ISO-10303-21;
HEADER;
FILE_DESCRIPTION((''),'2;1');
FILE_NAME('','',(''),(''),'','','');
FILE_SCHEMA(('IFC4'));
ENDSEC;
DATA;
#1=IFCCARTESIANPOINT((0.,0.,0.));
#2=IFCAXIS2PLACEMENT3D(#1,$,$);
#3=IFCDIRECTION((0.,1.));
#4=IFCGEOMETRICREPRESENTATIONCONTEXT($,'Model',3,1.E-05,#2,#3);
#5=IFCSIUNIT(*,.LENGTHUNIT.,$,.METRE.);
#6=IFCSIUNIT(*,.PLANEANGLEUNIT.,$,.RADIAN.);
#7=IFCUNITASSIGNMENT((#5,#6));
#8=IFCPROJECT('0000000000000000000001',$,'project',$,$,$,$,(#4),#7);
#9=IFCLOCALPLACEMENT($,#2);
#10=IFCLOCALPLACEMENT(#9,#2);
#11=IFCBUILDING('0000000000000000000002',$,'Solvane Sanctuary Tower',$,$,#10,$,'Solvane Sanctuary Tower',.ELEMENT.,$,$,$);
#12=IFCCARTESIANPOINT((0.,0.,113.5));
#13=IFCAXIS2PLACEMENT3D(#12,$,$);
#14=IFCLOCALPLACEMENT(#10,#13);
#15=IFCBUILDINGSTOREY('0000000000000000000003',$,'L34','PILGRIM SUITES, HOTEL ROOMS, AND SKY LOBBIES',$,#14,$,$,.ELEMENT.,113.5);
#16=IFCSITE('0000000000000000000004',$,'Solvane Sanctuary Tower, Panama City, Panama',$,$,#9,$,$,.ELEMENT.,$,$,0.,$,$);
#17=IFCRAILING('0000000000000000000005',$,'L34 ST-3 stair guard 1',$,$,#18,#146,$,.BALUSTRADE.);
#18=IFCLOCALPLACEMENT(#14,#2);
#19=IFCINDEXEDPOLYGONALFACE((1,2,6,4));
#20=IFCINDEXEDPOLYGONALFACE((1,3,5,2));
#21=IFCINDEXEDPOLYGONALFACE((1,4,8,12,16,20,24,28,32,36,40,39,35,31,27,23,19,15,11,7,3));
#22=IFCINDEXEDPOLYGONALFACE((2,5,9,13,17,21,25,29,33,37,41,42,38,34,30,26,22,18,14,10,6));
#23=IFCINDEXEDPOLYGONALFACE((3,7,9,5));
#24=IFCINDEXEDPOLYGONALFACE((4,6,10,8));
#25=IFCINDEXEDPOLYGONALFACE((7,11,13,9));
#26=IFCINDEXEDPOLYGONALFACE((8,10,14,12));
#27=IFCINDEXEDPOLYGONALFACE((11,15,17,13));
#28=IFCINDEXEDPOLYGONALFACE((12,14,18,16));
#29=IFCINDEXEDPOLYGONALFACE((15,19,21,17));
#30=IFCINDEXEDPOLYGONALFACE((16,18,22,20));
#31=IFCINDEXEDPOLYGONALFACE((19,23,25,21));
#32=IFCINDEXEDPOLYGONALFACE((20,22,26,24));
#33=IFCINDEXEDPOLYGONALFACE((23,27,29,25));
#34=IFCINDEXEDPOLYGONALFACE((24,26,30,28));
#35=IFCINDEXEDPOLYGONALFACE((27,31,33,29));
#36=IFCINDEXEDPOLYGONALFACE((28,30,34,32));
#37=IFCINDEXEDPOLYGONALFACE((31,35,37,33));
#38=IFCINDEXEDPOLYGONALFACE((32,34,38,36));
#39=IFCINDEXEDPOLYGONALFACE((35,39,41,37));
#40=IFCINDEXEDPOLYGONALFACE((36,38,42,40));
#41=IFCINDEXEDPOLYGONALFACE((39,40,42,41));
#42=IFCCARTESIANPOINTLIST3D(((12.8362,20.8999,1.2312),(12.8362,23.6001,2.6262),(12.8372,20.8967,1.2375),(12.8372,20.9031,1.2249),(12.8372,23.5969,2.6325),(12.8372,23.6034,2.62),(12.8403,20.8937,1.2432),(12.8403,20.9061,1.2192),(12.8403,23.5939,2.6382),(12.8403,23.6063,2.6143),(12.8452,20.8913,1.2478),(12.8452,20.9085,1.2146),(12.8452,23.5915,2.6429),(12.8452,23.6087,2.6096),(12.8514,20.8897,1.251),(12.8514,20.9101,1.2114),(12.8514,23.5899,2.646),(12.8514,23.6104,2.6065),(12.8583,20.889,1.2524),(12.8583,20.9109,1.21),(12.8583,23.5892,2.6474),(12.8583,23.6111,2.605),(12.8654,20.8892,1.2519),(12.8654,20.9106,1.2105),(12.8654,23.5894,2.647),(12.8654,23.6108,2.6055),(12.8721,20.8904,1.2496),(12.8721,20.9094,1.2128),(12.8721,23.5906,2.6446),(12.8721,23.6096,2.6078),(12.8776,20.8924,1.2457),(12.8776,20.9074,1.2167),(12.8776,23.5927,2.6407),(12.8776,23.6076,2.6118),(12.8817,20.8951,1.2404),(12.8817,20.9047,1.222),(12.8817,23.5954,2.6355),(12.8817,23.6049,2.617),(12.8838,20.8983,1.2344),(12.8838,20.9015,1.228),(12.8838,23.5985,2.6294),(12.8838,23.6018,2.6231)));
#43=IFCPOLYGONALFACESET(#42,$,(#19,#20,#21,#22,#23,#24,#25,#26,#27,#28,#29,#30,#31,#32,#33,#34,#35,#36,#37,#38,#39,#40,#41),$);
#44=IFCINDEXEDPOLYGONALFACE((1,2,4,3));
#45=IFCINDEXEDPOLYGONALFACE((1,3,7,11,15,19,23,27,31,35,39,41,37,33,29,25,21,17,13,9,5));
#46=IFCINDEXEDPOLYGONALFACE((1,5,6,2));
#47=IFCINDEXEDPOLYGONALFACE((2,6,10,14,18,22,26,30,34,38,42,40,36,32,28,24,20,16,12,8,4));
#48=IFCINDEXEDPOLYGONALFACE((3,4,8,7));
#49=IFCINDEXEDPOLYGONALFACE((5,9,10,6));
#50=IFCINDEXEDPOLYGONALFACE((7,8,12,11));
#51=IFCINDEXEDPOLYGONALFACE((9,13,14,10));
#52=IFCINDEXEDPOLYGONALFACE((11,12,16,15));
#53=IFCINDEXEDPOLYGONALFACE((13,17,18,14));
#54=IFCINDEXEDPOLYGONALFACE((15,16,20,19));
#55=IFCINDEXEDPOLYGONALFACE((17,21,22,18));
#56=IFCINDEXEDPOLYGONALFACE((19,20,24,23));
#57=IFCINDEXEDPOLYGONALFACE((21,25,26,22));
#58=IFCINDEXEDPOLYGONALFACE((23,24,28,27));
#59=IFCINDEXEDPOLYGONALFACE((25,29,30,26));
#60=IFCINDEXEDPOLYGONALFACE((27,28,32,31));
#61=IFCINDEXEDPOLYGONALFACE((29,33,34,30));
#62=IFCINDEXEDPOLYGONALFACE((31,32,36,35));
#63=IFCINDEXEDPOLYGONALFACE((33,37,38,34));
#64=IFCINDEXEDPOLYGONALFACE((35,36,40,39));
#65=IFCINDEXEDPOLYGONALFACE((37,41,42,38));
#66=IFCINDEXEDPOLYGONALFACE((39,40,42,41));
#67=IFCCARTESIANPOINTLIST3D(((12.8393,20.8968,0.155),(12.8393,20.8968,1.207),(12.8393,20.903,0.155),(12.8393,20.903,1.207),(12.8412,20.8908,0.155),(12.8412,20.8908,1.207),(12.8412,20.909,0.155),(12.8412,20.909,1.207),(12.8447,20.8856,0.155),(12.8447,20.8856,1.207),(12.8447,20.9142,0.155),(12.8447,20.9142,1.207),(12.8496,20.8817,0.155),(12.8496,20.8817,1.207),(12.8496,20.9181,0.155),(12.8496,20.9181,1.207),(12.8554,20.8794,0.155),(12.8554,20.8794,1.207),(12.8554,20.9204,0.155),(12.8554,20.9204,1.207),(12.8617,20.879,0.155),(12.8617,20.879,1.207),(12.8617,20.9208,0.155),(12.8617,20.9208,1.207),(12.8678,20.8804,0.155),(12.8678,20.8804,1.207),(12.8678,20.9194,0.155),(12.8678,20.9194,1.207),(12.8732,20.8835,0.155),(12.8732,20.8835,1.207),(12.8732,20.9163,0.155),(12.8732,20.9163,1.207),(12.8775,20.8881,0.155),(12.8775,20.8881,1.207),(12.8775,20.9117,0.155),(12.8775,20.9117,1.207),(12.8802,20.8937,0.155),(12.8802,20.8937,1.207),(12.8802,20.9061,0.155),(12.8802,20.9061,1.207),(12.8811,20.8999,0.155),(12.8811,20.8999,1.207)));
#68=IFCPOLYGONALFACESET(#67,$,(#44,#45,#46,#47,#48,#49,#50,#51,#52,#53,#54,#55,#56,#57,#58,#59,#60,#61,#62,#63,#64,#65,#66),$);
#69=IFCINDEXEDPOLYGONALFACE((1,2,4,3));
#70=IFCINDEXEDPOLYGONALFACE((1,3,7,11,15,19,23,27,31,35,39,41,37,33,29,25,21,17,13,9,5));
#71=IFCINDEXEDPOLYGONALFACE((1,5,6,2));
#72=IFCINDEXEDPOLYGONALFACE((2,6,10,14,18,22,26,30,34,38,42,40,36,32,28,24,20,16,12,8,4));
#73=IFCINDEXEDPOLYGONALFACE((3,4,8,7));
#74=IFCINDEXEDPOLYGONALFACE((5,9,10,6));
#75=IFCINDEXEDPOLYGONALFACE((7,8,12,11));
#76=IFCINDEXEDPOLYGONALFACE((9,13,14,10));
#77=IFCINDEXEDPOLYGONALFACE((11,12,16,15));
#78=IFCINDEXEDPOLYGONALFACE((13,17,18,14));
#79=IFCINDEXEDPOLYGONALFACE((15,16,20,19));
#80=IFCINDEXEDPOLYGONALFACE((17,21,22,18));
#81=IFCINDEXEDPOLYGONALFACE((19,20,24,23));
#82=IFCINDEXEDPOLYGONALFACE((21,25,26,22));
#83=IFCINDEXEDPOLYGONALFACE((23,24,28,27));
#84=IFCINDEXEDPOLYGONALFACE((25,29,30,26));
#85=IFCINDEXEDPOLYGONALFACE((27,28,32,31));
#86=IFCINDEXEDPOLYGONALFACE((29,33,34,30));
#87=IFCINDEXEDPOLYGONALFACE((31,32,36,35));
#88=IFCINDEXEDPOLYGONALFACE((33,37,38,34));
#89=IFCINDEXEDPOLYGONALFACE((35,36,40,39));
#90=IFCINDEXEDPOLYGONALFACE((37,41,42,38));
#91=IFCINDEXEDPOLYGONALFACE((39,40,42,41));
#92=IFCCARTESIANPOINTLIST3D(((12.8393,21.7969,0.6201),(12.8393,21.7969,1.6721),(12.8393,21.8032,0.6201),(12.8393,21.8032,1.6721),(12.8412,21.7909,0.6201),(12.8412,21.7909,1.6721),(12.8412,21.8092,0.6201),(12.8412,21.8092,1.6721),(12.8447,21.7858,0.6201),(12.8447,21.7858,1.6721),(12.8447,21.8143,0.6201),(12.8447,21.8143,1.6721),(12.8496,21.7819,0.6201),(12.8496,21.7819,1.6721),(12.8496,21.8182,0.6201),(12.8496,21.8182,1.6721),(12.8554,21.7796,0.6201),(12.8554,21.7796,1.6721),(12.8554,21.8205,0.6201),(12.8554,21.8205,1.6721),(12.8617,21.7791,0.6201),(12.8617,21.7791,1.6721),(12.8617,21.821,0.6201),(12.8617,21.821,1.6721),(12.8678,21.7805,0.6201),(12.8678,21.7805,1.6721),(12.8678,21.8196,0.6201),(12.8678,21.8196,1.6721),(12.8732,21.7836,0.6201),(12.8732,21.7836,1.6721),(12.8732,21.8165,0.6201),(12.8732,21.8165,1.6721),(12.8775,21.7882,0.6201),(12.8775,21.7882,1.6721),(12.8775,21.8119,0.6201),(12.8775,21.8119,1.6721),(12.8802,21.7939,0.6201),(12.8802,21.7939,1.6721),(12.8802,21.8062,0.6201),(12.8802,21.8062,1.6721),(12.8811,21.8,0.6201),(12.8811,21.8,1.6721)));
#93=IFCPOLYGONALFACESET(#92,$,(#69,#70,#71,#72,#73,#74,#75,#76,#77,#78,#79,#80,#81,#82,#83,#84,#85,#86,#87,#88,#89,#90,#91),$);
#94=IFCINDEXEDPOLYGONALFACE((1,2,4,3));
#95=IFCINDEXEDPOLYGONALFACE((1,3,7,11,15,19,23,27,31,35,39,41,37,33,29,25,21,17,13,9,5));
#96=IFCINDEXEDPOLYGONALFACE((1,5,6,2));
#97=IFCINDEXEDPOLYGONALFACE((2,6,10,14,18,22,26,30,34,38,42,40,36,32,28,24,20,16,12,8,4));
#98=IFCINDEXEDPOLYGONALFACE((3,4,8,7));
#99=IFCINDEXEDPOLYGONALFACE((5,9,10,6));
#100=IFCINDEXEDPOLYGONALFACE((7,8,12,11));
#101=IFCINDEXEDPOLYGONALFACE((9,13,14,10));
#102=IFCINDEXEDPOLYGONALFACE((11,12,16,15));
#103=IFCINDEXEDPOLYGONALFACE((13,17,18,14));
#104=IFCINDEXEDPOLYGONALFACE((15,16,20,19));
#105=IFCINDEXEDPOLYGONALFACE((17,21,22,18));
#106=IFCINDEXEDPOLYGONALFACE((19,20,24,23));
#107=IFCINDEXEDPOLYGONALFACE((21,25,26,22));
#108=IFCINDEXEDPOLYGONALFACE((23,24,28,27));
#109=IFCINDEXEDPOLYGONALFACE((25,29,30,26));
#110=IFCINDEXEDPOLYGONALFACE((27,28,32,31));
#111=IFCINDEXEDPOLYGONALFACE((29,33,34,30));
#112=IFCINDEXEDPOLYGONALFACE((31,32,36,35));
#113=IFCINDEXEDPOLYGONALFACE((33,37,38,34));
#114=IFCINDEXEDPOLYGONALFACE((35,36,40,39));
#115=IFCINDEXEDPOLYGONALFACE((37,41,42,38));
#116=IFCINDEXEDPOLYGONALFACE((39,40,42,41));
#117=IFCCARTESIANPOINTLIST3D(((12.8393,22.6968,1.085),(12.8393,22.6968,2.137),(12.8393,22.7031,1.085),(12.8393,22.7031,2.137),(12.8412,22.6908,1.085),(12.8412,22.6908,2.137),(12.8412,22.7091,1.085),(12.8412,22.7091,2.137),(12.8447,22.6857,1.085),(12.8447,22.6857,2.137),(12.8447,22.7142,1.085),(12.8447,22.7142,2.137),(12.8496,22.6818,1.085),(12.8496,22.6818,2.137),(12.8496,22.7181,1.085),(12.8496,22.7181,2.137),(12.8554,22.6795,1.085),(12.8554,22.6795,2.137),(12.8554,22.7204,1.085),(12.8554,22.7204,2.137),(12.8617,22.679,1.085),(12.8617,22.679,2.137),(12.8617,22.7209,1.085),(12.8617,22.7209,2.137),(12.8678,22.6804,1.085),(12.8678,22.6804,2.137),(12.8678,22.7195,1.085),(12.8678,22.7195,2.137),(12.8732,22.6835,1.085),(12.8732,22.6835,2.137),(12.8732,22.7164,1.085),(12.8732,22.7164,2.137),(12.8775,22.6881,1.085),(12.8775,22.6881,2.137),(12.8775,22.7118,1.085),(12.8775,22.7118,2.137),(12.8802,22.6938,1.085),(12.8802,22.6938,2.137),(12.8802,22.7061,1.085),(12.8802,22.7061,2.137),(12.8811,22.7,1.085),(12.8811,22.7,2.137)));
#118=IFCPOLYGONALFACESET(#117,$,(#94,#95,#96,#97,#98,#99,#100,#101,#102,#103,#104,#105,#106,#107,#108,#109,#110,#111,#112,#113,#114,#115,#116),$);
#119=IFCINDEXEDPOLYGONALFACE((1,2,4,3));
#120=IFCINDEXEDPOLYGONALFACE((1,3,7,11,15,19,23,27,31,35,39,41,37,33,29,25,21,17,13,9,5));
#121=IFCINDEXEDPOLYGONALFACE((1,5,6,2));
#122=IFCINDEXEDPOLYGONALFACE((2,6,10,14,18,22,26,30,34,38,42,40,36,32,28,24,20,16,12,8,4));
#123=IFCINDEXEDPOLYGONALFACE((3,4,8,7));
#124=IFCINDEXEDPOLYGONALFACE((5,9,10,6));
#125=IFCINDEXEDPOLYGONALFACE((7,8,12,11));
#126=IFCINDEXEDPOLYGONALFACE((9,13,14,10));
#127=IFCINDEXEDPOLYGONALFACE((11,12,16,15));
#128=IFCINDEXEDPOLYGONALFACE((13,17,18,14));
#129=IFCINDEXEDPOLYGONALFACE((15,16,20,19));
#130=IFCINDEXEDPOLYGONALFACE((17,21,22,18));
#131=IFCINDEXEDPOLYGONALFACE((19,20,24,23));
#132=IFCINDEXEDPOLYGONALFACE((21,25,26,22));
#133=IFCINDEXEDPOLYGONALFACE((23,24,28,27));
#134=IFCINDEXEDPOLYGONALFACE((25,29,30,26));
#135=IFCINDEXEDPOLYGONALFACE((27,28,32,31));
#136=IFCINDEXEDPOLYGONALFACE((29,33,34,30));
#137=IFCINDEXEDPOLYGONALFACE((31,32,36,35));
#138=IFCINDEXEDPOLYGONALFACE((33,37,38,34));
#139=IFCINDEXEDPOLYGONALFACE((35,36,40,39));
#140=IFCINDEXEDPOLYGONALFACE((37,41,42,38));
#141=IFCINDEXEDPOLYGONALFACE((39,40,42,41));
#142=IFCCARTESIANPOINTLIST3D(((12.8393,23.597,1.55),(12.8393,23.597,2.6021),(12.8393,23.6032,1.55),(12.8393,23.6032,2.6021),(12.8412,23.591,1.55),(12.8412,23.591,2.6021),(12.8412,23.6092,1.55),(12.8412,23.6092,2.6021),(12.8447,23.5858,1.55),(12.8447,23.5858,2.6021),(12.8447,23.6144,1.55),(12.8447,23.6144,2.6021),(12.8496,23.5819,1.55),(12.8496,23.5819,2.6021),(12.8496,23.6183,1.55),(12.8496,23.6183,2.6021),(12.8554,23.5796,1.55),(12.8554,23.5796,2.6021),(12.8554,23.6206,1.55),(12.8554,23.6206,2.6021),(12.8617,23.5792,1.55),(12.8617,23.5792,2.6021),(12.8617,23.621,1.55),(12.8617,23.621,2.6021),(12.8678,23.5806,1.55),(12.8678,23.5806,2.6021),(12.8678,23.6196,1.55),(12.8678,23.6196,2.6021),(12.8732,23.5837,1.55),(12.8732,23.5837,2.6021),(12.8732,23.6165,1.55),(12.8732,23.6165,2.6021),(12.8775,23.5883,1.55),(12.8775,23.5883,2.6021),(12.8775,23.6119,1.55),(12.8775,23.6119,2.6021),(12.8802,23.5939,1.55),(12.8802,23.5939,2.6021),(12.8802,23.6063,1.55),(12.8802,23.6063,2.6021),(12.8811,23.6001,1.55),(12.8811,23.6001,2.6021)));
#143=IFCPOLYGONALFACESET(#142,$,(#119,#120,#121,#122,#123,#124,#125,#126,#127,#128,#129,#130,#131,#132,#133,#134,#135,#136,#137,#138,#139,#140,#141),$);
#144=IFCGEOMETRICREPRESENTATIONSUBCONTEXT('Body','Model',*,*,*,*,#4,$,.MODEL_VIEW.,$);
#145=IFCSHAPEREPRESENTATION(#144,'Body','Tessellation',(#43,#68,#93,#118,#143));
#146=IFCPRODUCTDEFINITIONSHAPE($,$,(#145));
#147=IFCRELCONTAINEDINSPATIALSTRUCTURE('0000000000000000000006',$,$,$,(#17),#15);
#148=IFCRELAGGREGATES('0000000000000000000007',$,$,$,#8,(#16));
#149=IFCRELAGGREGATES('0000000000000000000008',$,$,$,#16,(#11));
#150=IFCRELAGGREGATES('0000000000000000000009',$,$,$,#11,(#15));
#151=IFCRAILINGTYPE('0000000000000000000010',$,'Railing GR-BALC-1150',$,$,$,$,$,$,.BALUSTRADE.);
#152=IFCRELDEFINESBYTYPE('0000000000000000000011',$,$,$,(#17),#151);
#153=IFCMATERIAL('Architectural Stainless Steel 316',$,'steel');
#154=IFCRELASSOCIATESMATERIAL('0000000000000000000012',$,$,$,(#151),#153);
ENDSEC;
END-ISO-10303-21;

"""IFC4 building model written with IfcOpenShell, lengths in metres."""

from ifc_helpers import new_model, si_unit, direction, frame, origin, origin_2d, place, context, subcontext, project, spatial, circle, extrude, material, type_object, element, save


model = new_model("IFC4")

# Units and contexts
model_context = context("Model", 3, precision=1e-05, world=origin(), true_north=direction((0.0, 1.0)))
body_context = subcontext(model_context, "Body", "Model", "MODEL_VIEW")
ifc_project = project(units=[si_unit("LENGTHUNIT", "METRE"), si_unit("PLANEANGLEUNIT", "RADIAN")], contexts=[model_context])

# Site, building, storey
site_placement = place(None, origin())
site = spatial("IfcSite", under=ifc_project, at=site_placement, Name="Solvane Sanctuary Tower, Panama City, Panama", CompositionType="ELEMENT", RefElevation=0.0)
building_placement = place(site_placement, origin())
building = spatial("IfcBuilding", under=site, at=building_placement, Name="Solvane Sanctuary Tower", LongName="Solvane Sanctuary Tower", CompositionType="ELEMENT")
storey_placement = place(building_placement, frame((0.0, 0.0, 113.5)))
storey = spatial("IfcBuildingStorey", under=building, at=storey_placement, Name="L34", Description="PILGRIM SUITES, HOTEL ROOMS, AND SKY LOBBIES", CompositionType="ELEMENT", Elevation=113.5)

# Shared definitions
ifc_material_1 = material(Name="Architectural Stainless Steel 316", Category="steel")

# Railing
railing_type = type_object("IfcRailingType", Name="Railing GR-BALC-1150", PredefinedType="BALUSTRADE", material=ifc_material_1)
railing_1_placement = place(storey_placement, frame((12.8601, 20.8999, 0.155)))
element("IfcRailing", 1, at=railing_1_placement, inside=storey, type_object=railing_type, Name="L34 ST-3 stair guard 1", PredefinedType="BALUSTRADE", context=body_context, shape_type="SweptSolid", body=[
    extrude(circle(Radius=0.0239, at=origin_2d()), frame((0.0, 0.0, 1.0762), z_axis=(0.0, 0.888437, 0.458999), x_axis=(-1.0, 0.0, 0.0)), (0.0, 0.0, 1.0), 3.0393),
    extrude(circle(Radius=0.021, at=origin_2d()), origin(), (0.0, 0.0, 1.0), 1.052),
    extrude(circle(Radius=0.021, at=origin_2d()), frame((0.0, 0.9001, 0.4651)), (0.0, 0.0, 1.0), 1.052),
    extrude(circle(Radius=0.021, at=origin_2d()), frame((0.0, 1.8, 0.9299)), (0.0, 0.0, 1.0), 1.052),
    extrude(circle(Radius=0.021, at=origin_2d()), frame((0.0, 2.7002, 1.395)), (0.0, 0.0, 1.0), 1.052),
])

save(model, "model.ifc")
